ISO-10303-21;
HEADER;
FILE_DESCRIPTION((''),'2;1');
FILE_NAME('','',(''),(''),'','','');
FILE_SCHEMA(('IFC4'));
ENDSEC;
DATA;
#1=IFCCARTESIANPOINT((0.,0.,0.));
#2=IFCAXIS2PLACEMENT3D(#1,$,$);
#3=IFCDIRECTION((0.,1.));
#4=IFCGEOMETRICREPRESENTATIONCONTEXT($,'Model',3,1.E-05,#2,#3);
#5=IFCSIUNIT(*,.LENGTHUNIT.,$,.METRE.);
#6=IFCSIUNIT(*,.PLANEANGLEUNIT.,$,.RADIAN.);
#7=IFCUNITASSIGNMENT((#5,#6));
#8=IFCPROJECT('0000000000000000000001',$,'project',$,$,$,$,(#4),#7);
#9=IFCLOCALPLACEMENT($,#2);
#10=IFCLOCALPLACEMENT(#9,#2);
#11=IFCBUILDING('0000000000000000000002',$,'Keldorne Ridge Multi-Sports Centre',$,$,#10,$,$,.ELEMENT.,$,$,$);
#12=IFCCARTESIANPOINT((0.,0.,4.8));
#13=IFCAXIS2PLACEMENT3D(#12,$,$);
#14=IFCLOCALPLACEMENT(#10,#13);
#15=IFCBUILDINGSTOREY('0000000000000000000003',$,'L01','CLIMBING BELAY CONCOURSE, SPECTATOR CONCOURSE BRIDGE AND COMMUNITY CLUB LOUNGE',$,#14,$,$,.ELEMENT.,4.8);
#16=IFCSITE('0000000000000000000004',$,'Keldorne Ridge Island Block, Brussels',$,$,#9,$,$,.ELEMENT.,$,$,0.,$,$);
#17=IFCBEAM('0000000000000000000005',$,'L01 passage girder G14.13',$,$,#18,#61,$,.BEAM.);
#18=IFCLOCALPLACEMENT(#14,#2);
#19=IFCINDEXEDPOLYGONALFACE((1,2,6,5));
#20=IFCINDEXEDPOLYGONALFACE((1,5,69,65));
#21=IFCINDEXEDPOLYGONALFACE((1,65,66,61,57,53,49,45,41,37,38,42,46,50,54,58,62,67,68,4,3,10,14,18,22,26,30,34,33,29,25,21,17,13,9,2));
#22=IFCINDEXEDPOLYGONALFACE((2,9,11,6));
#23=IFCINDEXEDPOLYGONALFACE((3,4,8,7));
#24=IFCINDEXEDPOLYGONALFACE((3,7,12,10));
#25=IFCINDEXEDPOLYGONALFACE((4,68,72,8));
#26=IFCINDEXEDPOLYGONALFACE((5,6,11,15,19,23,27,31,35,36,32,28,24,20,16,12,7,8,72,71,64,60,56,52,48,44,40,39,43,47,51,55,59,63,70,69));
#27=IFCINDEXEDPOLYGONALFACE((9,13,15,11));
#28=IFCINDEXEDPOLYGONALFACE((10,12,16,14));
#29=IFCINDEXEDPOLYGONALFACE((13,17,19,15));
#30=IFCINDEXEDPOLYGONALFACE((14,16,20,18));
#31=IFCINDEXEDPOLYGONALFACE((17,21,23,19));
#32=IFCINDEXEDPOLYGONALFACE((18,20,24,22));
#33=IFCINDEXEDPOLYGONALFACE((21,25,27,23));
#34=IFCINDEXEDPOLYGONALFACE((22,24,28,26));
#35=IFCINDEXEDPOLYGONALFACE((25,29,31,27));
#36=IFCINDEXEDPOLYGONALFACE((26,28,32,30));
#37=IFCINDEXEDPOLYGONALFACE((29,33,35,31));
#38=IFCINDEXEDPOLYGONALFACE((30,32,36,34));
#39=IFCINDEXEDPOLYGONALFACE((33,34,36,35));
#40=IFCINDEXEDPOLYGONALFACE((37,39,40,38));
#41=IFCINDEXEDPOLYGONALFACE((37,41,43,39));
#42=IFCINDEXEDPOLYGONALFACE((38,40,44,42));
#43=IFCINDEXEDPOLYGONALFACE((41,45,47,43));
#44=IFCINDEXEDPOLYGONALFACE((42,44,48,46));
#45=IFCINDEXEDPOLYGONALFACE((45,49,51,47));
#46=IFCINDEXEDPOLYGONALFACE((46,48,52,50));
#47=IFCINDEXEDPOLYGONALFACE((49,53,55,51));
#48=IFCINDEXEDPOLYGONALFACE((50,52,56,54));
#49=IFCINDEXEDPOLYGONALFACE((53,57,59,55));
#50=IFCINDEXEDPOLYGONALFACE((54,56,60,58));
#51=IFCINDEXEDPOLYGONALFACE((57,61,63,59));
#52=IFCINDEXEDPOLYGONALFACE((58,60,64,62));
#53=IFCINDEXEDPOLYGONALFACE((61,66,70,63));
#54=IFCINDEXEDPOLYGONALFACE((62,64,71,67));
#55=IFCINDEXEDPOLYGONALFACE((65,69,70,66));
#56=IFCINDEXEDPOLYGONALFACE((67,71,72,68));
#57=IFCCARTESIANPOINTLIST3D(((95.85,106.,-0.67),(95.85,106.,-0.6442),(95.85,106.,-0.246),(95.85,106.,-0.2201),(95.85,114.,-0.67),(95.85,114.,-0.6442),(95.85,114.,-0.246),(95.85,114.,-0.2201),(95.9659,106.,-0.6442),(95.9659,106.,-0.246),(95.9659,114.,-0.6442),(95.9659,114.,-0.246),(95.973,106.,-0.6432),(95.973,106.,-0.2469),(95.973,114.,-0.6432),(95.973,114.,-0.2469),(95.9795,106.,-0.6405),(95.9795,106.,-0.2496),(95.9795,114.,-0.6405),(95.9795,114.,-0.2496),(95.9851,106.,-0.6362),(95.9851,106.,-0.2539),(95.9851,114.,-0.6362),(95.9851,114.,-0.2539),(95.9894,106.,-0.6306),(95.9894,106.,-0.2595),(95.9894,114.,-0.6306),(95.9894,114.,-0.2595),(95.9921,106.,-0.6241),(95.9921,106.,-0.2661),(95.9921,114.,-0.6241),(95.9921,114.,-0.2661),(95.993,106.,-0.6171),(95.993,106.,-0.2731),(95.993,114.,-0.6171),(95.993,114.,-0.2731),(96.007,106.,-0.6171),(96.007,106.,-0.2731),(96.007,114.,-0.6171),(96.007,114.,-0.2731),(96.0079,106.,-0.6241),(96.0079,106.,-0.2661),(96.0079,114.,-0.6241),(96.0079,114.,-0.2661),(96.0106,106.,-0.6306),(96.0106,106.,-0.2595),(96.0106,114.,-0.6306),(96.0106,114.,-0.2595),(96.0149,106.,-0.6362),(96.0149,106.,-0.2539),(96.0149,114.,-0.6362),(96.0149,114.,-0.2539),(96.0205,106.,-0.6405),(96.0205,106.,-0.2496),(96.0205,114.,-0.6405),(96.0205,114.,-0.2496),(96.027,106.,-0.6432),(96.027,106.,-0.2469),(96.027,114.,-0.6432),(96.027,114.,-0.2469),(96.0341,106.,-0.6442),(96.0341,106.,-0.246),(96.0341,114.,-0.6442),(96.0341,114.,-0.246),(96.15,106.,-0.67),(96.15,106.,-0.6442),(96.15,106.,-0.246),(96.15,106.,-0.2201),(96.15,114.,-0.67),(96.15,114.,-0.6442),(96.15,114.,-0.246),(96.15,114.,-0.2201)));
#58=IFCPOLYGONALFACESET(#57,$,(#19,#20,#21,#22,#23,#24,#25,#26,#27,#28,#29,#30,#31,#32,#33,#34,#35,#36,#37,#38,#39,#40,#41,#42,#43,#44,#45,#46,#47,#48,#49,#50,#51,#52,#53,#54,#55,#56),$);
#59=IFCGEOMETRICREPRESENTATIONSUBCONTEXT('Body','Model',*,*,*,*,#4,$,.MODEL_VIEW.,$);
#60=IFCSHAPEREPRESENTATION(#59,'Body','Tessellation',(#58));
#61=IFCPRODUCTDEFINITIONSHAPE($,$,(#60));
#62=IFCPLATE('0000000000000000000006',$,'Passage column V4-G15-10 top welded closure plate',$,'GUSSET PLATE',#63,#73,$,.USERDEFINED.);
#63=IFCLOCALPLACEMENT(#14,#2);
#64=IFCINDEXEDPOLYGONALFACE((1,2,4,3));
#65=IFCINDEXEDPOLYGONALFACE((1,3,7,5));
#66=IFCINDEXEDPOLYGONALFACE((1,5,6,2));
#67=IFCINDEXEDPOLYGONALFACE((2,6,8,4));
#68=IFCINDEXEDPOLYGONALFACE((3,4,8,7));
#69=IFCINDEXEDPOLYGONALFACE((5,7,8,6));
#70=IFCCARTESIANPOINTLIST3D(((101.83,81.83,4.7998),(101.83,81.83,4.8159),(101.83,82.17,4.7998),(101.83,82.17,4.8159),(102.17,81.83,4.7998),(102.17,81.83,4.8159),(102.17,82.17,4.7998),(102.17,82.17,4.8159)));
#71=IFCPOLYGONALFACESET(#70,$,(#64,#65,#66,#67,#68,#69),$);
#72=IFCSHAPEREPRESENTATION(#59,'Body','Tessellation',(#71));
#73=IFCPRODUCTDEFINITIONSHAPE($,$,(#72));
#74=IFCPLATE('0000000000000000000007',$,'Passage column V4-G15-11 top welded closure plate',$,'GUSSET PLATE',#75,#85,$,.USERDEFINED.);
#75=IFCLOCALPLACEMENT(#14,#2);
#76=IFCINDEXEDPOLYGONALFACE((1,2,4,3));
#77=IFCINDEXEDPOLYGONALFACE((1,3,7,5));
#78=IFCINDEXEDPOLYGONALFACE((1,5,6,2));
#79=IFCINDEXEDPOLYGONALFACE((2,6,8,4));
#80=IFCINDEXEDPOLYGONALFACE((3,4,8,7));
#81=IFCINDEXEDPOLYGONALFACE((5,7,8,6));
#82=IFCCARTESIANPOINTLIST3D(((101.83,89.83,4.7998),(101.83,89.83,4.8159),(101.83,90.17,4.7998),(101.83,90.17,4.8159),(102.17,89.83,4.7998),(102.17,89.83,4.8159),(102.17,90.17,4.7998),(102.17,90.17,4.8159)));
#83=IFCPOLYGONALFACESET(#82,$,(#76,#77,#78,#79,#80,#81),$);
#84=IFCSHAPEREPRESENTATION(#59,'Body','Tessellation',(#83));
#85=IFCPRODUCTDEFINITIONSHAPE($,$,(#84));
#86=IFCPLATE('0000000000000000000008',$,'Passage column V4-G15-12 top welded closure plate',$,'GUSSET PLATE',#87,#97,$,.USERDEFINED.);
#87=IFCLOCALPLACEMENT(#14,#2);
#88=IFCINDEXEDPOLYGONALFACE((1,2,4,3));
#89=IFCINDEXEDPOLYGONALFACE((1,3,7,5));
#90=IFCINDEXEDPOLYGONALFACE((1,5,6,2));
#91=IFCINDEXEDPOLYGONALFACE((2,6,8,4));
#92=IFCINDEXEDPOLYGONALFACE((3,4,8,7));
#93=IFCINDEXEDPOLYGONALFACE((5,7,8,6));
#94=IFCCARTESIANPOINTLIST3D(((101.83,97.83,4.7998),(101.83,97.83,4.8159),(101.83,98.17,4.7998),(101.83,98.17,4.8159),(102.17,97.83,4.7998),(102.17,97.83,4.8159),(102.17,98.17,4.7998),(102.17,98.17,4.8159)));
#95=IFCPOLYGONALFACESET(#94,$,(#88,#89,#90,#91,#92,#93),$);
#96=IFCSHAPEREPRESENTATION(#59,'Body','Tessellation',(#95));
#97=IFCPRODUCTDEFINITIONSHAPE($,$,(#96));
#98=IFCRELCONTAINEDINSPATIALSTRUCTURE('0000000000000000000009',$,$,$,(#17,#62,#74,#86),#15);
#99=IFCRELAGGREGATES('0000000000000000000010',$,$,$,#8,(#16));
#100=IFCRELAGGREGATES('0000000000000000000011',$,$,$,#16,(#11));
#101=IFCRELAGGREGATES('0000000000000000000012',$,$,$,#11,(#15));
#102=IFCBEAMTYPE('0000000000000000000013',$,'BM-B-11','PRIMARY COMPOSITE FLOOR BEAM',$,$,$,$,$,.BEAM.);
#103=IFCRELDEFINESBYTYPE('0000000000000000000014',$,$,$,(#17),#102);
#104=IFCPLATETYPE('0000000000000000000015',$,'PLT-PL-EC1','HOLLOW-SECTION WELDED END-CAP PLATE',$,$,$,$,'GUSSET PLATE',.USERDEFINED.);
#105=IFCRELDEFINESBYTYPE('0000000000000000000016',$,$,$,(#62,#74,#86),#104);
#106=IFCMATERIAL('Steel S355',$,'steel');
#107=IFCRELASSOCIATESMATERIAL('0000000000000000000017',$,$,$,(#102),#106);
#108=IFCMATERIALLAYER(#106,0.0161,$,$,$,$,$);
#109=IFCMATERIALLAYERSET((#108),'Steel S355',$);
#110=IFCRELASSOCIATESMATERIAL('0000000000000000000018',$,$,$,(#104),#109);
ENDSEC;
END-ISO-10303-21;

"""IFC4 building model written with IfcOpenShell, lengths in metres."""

from ifc_helpers import new_model, si_unit, direction, frame, origin, origin_2d, place, context, subcontext, project, spatial, rectangle, i_section, extrude, material, layer, layer_set, material_profile, profile_set, type_object, element, save


model = new_model("IFC4")

# Units and contexts
model_context = context("Model", 3, precision=1e-05, world=origin(), true_north=direction((0.0, 1.0)))
body_context = subcontext(model_context, "Body", "Model", "MODEL_VIEW")
ifc_project = project(units=[si_unit("LENGTHUNIT", "METRE"), si_unit("PLANEANGLEUNIT", "RADIAN")], contexts=[model_context])

# Site, building, storey
site_placement = place(None, origin())
site = spatial("IfcSite", under=ifc_project, at=site_placement, Name="Keldorne Ridge Island Block, Brussels", CompositionType="ELEMENT", RefElevation=0.0)
building_placement = place(site_placement, origin())
building = spatial("IfcBuilding", under=site, at=building_placement, Name="Keldorne Ridge Multi-Sports Centre", CompositionType="ELEMENT")
storey_placement = place(building_placement, frame((0.0, 0.0, 4.8)))
storey = spatial("IfcBuildingStorey", under=building, at=storey_placement, Name="L01", Description="CLIMBING BELAY CONCOURSE, SPECTATOR CONCOURSE BRIDGE AND COMMUNITY CLUB LOUNGE", CompositionType="ELEMENT", Elevation=4.8)

# Shared definitions
ifc_material_1 = material(Name="Steel S355", Category="steel")

# Beam
ifc_material_profile_1 = material_profile(ifc_material_1, i_section(OverallWidth=0.3, OverallDepth=0.45, WebThickness=0.0139, FlangeThickness=0.0259, FilletRadius=0.0271, at=origin_2d()), Name="HEB 450")
ifc_profile_set_1 = profile_set([ifc_material_profile_1], Name="Steel S355")
beam_type_1 = type_object("IfcBeamType", Name="BM-B-11", Description="PRIMARY COMPOSITE FLOOR BEAM", PredefinedType="BEAM", material=ifc_profile_set_1)
for number, where, z_axis, x_axis, name in (
    (1, (96.0, 106.0, -0.4451), (0.0, 1.0, 0.0), (-1.0, 0.0, 0.0), "L01 passage girder G14.13"),
):
    element("IfcBeam", number, at=place(storey_placement, frame(where, z_axis=z_axis, x_axis=x_axis)), inside=storey, type_object=beam_type_1, Name=name, PredefinedType="BEAM", context=body_context, shape_type="SweptSolid", body=[
        extrude(i_section(OverallWidth=0.3, OverallDepth=0.45, WebThickness=0.0139, FlangeThickness=0.0259, FilletRadius=0.0271, at=origin_2d()), origin(), (0.0, 0.0, 1.0), 8.0),
    ])

# Plates
ifc_layer = layer(ifc_material_1, 0.0161)
ifc_layer_set = layer_set([ifc_layer], Name="Steel S355")
plate_type = type_object("IfcPlateType", Name="PLT-PL-EC1", Description="HOLLOW-SECTION WELDED END-CAP PLATE", ElementType="GUSSET PLATE", PredefinedType="USERDEFINED", material=ifc_layer_set)
for number, where, z_axis, x_axis, name in (
    (2, (102.0, 82.0, 4.7998), (0.0, 0.0, 1.0), (1.0, 0.0, 0.0), "Passage column V4-G15-10 top welded closure plate"),
    (3, (102.0, 90.0, 4.7998), (0.0, 0.0, 1.0), (1.0, 0.0, 0.0), "Passage column V4-G15-11 top welded closure plate"),
    (4, (102.0, 98.0, 4.7998), (0.0, 0.0, 1.0), (1.0, 0.0, 0.0), "Passage column V4-G15-12 top welded closure plate"),
):
    element("IfcPlate", number, at=place(storey_placement, frame(where, z_axis=z_axis, x_axis=x_axis)), inside=storey, type_object=plate_type, Name=name, ObjectType="GUSSET PLATE", PredefinedType="USERDEFINED", context=body_context, shape_type="SweptSolid", body=[
        extrude(rectangle(XDim=0.3401, YDim=0.3401, at=origin_2d()), origin(), (0.0, 0.0, 1.0), 0.0161),
    ])

save(model, "model.ifc")
